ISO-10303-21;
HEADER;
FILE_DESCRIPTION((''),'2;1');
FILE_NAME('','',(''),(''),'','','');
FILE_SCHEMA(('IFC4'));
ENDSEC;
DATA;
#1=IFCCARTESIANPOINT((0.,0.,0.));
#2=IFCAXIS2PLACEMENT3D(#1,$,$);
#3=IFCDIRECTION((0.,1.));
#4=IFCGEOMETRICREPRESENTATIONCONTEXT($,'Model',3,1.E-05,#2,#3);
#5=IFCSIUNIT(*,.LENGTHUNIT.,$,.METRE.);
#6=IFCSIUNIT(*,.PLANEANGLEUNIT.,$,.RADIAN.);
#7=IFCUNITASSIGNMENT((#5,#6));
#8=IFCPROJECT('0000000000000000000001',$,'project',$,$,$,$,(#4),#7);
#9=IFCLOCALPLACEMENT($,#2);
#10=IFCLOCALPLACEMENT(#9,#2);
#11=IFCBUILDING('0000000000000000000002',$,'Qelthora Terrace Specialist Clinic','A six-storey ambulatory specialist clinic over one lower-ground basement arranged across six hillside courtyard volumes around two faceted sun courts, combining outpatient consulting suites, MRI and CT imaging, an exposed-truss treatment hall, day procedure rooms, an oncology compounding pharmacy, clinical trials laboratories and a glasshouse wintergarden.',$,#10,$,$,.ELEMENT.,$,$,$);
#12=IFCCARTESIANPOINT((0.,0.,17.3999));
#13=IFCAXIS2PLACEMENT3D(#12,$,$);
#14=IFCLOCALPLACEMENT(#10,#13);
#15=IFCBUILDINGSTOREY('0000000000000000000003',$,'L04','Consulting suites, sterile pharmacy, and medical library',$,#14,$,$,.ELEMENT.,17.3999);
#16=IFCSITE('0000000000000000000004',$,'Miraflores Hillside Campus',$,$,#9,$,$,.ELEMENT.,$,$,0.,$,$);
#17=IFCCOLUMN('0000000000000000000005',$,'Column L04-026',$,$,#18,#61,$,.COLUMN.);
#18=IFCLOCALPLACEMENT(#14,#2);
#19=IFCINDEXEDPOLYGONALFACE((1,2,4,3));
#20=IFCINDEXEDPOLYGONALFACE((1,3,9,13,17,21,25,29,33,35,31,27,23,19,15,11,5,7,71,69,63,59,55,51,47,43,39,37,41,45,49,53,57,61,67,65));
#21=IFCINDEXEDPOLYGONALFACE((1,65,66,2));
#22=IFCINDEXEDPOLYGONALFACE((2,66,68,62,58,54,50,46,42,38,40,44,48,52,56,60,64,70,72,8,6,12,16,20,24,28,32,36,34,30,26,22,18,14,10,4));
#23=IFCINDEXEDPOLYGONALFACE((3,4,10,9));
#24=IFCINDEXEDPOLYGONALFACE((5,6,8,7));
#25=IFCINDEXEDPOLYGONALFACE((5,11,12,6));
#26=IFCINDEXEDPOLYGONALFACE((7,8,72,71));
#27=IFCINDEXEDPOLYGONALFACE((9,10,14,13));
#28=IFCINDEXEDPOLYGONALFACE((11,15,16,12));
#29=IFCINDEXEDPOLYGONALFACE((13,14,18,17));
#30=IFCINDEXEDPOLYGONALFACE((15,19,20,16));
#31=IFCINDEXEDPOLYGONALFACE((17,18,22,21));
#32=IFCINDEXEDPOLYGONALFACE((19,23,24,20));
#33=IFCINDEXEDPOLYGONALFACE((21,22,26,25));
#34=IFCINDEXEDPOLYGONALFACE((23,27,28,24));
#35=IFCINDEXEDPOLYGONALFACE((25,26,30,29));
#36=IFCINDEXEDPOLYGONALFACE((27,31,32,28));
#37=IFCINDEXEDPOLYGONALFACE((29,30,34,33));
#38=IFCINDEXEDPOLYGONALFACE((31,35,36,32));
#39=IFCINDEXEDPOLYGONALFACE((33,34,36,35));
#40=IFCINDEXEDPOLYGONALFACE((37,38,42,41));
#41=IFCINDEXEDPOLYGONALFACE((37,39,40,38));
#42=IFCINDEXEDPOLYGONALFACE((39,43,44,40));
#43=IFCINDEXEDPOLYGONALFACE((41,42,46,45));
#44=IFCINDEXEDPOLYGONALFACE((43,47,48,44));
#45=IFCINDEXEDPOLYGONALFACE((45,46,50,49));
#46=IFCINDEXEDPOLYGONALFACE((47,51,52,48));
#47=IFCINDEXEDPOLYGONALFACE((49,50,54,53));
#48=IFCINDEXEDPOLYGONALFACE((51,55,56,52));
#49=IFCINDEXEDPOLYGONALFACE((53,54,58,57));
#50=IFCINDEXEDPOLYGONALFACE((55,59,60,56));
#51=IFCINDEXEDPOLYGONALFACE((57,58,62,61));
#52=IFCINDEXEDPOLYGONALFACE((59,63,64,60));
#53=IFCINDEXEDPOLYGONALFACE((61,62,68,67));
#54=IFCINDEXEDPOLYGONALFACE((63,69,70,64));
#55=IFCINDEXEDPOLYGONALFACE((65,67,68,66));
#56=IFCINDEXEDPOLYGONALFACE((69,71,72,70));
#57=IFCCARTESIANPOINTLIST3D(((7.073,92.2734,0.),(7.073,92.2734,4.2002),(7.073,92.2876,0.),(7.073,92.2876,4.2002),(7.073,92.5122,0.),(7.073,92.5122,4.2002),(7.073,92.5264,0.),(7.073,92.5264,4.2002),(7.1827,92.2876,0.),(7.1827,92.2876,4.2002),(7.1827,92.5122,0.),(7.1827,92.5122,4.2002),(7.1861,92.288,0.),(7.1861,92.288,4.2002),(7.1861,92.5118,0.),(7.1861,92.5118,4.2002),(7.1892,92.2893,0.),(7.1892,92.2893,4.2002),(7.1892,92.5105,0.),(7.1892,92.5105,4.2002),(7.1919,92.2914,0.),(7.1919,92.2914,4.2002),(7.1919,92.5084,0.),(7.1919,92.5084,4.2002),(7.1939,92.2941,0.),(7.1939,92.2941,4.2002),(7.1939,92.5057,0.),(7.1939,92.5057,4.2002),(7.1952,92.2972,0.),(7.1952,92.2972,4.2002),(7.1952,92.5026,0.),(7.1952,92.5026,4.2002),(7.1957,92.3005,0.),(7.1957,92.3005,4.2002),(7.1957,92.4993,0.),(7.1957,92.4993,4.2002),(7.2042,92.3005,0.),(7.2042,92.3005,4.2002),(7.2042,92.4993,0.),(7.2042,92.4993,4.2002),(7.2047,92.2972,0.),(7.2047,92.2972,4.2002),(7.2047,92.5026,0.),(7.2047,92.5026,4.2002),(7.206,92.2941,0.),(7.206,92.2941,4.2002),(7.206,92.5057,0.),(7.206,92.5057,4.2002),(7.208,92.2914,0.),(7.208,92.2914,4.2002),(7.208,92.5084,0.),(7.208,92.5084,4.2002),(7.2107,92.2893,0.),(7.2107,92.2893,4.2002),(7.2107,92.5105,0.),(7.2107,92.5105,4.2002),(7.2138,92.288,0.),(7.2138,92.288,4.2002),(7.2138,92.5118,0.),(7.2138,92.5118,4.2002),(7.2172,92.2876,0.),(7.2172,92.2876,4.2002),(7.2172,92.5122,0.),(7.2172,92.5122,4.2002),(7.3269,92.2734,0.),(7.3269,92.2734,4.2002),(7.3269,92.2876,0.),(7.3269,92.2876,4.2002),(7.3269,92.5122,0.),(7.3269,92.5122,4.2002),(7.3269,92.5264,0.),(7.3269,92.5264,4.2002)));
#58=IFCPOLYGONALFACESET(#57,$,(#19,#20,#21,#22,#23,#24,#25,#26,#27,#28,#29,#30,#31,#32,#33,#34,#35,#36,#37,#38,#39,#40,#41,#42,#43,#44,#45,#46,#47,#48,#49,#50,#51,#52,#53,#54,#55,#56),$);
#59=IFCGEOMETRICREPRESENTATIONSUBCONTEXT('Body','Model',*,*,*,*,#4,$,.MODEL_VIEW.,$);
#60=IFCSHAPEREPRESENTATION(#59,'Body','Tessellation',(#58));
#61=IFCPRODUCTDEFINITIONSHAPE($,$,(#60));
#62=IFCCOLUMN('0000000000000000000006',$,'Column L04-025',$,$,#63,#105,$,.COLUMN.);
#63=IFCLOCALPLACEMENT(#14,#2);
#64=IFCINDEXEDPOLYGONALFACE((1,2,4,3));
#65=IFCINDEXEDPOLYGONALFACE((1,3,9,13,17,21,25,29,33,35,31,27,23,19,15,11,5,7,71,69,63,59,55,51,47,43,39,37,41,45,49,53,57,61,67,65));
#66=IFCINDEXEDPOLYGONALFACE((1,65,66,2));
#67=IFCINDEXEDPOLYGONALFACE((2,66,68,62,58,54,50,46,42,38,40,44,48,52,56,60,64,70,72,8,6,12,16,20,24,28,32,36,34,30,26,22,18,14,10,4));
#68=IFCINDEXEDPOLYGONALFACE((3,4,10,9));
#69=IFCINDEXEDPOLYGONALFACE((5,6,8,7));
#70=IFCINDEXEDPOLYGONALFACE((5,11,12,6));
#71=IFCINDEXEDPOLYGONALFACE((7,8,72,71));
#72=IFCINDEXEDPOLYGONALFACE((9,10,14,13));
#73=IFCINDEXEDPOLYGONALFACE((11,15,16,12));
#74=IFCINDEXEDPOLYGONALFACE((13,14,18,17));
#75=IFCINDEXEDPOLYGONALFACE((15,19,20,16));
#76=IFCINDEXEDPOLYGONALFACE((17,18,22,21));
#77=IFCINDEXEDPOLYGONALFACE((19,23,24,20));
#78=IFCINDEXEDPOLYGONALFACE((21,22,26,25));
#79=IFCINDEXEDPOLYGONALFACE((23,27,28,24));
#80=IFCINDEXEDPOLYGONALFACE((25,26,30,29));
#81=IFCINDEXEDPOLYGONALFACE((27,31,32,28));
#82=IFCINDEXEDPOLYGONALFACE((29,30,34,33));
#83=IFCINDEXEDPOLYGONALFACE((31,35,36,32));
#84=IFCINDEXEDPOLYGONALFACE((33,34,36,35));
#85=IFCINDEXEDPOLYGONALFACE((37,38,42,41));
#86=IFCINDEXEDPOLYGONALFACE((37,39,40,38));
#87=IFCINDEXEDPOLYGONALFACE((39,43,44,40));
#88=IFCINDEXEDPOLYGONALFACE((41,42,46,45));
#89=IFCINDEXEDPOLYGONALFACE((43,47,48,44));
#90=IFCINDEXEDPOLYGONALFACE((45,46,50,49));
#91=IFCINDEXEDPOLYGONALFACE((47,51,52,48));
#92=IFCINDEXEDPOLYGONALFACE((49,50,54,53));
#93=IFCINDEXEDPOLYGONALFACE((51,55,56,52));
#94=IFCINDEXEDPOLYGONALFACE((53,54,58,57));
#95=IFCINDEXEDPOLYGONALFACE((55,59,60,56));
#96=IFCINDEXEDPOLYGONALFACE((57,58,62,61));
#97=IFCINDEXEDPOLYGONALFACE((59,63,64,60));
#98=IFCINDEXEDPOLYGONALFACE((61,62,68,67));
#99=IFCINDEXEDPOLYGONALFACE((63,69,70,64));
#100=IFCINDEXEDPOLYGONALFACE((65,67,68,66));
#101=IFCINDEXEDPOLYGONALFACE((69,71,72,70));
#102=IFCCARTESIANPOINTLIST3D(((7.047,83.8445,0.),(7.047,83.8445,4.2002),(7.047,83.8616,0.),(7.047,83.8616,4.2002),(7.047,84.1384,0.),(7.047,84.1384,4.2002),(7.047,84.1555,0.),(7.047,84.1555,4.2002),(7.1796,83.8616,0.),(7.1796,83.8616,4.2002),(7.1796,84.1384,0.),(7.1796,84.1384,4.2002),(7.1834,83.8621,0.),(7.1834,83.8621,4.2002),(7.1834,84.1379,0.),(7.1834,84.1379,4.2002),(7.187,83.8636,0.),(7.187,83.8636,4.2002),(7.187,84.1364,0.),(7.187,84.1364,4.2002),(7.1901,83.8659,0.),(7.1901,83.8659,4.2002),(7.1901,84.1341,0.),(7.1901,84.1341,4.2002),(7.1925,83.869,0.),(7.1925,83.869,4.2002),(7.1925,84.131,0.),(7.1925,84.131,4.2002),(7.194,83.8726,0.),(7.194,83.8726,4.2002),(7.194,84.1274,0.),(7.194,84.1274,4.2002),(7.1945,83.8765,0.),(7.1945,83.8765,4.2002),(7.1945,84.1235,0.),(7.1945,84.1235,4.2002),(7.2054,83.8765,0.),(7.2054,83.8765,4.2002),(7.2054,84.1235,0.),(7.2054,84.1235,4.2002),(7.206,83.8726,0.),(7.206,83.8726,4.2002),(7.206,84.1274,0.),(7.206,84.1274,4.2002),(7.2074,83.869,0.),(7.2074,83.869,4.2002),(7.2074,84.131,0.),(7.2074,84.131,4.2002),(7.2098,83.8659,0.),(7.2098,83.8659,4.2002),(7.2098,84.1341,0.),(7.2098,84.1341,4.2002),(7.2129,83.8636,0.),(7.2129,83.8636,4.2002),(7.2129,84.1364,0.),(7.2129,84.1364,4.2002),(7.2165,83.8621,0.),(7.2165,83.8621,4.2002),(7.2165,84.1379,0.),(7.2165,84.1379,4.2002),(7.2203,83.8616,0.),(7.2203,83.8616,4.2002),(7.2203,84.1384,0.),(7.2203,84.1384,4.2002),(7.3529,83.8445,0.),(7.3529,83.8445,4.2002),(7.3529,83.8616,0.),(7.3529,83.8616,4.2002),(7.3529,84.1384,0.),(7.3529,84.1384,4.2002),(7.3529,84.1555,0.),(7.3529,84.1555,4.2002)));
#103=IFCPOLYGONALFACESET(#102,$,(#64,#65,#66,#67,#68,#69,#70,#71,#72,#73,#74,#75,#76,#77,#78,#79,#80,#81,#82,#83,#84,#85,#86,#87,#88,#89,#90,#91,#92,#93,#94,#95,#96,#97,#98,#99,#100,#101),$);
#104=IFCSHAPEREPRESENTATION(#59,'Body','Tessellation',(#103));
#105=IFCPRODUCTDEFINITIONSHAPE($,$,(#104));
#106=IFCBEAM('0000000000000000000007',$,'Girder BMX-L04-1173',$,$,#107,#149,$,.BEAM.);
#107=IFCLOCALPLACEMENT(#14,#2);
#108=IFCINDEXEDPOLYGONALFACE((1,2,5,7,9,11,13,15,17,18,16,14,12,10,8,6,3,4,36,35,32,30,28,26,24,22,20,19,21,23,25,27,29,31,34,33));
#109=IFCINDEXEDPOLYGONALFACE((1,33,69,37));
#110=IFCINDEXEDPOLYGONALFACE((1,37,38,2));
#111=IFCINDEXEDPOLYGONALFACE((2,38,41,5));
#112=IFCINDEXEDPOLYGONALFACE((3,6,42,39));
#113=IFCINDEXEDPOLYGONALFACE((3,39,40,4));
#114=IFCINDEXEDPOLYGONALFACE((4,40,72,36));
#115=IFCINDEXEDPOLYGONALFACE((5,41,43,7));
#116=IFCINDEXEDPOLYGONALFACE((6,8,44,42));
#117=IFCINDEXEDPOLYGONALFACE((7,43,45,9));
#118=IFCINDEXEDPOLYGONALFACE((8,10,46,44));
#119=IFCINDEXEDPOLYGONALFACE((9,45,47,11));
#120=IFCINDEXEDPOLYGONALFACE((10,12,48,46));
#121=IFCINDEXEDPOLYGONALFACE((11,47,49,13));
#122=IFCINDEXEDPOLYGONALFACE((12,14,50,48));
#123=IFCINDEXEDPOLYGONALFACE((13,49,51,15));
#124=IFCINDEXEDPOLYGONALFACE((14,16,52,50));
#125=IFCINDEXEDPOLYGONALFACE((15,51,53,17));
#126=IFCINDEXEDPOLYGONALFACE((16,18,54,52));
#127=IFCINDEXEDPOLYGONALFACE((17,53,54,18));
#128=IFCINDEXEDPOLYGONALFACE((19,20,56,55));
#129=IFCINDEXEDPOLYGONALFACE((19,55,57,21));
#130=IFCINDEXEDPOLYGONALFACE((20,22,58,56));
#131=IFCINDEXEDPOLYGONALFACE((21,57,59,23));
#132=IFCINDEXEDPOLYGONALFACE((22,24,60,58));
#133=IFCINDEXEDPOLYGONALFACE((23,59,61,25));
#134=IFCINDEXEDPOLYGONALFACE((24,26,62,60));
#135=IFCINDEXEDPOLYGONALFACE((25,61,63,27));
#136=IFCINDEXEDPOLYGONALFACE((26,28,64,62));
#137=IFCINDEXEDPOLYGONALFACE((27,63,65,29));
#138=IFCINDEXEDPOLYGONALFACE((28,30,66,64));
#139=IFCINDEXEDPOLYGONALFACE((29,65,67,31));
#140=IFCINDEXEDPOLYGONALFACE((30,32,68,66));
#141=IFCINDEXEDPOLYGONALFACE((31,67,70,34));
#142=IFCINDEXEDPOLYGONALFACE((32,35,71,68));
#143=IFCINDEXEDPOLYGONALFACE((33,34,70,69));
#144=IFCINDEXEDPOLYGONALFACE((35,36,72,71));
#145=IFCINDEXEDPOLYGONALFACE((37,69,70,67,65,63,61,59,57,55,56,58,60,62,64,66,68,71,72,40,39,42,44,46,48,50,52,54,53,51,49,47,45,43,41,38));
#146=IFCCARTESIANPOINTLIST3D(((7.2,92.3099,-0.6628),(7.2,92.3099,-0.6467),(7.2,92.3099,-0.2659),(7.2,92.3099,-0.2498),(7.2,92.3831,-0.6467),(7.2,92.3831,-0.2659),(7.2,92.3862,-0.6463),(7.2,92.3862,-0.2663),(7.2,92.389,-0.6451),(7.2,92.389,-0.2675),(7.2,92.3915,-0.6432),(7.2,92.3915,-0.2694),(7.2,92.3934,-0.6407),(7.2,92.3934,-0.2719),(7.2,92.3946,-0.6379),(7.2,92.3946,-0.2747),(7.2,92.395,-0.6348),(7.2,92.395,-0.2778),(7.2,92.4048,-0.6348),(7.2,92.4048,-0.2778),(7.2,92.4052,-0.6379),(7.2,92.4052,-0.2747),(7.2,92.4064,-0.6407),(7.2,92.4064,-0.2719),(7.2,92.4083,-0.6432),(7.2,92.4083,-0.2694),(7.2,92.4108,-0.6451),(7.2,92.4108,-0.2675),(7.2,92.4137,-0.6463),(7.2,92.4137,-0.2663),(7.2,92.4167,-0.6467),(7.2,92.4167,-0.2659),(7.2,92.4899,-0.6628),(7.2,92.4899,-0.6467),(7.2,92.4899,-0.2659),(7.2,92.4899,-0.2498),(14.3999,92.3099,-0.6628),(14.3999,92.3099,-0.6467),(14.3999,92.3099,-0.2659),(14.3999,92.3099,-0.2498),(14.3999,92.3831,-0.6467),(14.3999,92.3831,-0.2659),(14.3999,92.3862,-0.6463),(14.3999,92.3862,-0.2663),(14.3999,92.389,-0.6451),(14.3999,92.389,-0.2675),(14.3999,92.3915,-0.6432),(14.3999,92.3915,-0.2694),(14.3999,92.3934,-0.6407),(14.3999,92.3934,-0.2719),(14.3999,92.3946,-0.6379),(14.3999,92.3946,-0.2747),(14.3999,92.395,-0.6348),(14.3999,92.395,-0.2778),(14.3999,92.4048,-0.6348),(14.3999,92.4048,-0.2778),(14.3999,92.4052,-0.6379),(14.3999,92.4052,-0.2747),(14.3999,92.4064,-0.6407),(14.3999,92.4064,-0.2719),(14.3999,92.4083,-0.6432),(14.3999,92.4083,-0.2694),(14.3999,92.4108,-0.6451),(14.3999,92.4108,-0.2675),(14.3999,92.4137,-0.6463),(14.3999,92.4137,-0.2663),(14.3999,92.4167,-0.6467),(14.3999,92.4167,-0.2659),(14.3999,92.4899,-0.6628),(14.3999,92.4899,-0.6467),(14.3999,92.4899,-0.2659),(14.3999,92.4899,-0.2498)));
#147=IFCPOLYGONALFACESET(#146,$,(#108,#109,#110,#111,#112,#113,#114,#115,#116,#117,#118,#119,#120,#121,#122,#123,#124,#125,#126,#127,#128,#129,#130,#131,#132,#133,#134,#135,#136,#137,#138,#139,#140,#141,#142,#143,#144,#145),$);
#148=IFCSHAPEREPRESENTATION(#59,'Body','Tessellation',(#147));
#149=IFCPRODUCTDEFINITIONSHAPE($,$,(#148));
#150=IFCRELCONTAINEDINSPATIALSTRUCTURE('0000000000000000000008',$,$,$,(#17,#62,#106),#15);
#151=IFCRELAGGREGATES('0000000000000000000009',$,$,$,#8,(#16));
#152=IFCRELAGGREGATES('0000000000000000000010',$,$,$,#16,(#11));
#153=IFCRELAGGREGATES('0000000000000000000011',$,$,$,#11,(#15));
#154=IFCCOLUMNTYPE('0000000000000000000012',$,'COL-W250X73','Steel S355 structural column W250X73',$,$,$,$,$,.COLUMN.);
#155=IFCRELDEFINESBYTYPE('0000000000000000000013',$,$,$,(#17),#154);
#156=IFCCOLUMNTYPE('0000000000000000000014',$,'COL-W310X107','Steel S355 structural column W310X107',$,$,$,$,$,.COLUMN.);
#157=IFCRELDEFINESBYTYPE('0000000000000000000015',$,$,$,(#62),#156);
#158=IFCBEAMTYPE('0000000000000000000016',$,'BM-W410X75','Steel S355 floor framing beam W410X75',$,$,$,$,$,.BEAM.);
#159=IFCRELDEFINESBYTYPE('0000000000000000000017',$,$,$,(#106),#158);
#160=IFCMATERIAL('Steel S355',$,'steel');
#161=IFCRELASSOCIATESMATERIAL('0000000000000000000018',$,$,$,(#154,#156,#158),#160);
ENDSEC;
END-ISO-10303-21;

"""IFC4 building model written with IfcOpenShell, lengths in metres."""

from ifc_helpers import new_model, si_unit, direction, frame, origin, origin_2d, place, context, subcontext, project, spatial, i_section, extrude, material, material_profile, profile_set, type_object, element, save


model = new_model("IFC4")

# Units and contexts
model_context = context("Model", 3, precision=1e-05, world=origin(), true_north=direction((0.0, 1.0)))
body_context = subcontext(model_context, "Body", "Model", "MODEL_VIEW")
ifc_project = project(units=[si_unit("LENGTHUNIT", "METRE"), si_unit("PLANEANGLEUNIT", "RADIAN")], contexts=[model_context])

# Site, building, storey
site_placement = place(None, origin())
site = spatial("IfcSite", under=ifc_project, at=site_placement, Name="Miraflores Hillside Campus", CompositionType="ELEMENT", RefElevation=0.0)
building_placement = place(site_placement, origin())
building = spatial("IfcBuilding", under=site, at=building_placement, Name="Qelthora Terrace Specialist Clinic", Description="A six-storey ambulatory specialist clinic over one lower-ground basement arranged across six hillside courtyard volumes around two faceted sun courts, combining outpatient consulting suites, MRI and CT imaging, an exposed-truss treatment hall, day procedure rooms, an oncology compounding pharmacy, clinical trials laboratories and a glasshouse wintergarden.", CompositionType="ELEMENT")
storey_placement = place(building_placement, frame((0.0, 0.0, 17.3999)))
storey = spatial("IfcBuildingStorey", under=building, at=storey_placement, Name="L04", Description="Consulting suites, sterile pharmacy, and medical library", CompositionType="ELEMENT", Elevation=17.3999)

# Columns
ifc_material_1 = material(Name="Steel S355", Category="steel")
ifc_material_profile_1 = material_profile(ifc_material_1, i_section(OverallWidth=0.2539, OverallDepth=0.2529, WebThickness=0.0085, FlangeThickness=0.0142, FilletRadius=0.0129, at=origin_2d()), Name="W250X73")
ifc_profile_set_1 = profile_set([ifc_material_profile_1], Name="Steel S355")
column_type_1 = type_object("IfcColumnType", Name="COL-W250X73", Description="Steel S355 structural column W250X73", PredefinedType="COLUMN", material=ifc_profile_set_1)
column_1_placement = place(storey_placement, frame((7.2, 92.3999, 0.0), z_axis=(0.0, 0.0, 1.0), x_axis=(1.0, 0.0, 0.0)))
element("IfcColumn", 1, at=column_1_placement, inside=storey, type_object=column_type_1, Name="Column L04-026", PredefinedType="COLUMN", context=body_context, shape_type="SweptSolid", body=[
    extrude(i_section(OverallWidth=0.2539, OverallDepth=0.2529, WebThickness=0.0085, FlangeThickness=0.0142, FilletRadius=0.0129, at=origin_2d()), origin(), (0.0, 0.0, 1.0), 4.2002),
])
ifc_material_profile_2 = material_profile(ifc_material_1, i_section(OverallWidth=0.3059, OverallDepth=0.311, WebThickness=0.011, FlangeThickness=0.0171, FilletRadius=0.0149, at=origin_2d()), Name="W310X107")
ifc_profile_set_2 = profile_set([ifc_material_profile_2], Name="Steel S355")
column_type_2 = type_object("IfcColumnType", Name="COL-W310X107", Description="Steel S355 structural column W310X107", PredefinedType="COLUMN", material=ifc_profile_set_2)
column_2_placement = place(storey_placement, frame((7.2, 84.0, 0.0), z_axis=(0.0, 0.0, 1.0), x_axis=(1.0, 0.0, 0.0)))
element("IfcColumn", 2, at=column_2_placement, inside=storey, type_object=column_type_2, Name="Column L04-025", PredefinedType="COLUMN", context=body_context, shape_type="SweptSolid", body=[
    extrude(i_section(OverallWidth=0.3059, OverallDepth=0.311, WebThickness=0.011, FlangeThickness=0.0171, FilletRadius=0.0149, at=origin_2d()), origin(), (0.0, 0.0, 1.0), 4.2002),
])

# Beam
ifc_material_profile_3 = material_profile(ifc_material_1, i_section(OverallWidth=0.1799, OverallDepth=0.4131, WebThickness=0.0098, FlangeThickness=0.0161, FilletRadius=0.012, at=origin_2d()), Name="W410X75")
ifc_profile_set_3 = profile_set([ifc_material_profile_3], Name="Steel S355")
beam_type_1 = type_object("IfcBeamType", Name="BM-W410X75", Description="Steel S355 floor framing beam W410X75", PredefinedType="BEAM", material=ifc_profile_set_3)
beam_1_placement = place(storey_placement, frame((7.2, 92.3999, -0.4563), z_axis=(1.0, 0.0, 0.0), x_axis=(0.0, 1.0, 0.0)))
element("IfcBeam", 3, at=beam_1_placement, inside=storey, type_object=beam_type_1, Name="Girder BMX-L04-1173", PredefinedType="BEAM", context=body_context, shape_type="SweptSolid", body=[
    extrude(i_section(OverallWidth=0.1799, OverallDepth=0.4131, WebThickness=0.0098, FlangeThickness=0.0161, FilletRadius=0.012, at=origin_2d()), origin(), (0.0, 0.0, 1.0), 7.2),
])

save(model, "model.ifc")
